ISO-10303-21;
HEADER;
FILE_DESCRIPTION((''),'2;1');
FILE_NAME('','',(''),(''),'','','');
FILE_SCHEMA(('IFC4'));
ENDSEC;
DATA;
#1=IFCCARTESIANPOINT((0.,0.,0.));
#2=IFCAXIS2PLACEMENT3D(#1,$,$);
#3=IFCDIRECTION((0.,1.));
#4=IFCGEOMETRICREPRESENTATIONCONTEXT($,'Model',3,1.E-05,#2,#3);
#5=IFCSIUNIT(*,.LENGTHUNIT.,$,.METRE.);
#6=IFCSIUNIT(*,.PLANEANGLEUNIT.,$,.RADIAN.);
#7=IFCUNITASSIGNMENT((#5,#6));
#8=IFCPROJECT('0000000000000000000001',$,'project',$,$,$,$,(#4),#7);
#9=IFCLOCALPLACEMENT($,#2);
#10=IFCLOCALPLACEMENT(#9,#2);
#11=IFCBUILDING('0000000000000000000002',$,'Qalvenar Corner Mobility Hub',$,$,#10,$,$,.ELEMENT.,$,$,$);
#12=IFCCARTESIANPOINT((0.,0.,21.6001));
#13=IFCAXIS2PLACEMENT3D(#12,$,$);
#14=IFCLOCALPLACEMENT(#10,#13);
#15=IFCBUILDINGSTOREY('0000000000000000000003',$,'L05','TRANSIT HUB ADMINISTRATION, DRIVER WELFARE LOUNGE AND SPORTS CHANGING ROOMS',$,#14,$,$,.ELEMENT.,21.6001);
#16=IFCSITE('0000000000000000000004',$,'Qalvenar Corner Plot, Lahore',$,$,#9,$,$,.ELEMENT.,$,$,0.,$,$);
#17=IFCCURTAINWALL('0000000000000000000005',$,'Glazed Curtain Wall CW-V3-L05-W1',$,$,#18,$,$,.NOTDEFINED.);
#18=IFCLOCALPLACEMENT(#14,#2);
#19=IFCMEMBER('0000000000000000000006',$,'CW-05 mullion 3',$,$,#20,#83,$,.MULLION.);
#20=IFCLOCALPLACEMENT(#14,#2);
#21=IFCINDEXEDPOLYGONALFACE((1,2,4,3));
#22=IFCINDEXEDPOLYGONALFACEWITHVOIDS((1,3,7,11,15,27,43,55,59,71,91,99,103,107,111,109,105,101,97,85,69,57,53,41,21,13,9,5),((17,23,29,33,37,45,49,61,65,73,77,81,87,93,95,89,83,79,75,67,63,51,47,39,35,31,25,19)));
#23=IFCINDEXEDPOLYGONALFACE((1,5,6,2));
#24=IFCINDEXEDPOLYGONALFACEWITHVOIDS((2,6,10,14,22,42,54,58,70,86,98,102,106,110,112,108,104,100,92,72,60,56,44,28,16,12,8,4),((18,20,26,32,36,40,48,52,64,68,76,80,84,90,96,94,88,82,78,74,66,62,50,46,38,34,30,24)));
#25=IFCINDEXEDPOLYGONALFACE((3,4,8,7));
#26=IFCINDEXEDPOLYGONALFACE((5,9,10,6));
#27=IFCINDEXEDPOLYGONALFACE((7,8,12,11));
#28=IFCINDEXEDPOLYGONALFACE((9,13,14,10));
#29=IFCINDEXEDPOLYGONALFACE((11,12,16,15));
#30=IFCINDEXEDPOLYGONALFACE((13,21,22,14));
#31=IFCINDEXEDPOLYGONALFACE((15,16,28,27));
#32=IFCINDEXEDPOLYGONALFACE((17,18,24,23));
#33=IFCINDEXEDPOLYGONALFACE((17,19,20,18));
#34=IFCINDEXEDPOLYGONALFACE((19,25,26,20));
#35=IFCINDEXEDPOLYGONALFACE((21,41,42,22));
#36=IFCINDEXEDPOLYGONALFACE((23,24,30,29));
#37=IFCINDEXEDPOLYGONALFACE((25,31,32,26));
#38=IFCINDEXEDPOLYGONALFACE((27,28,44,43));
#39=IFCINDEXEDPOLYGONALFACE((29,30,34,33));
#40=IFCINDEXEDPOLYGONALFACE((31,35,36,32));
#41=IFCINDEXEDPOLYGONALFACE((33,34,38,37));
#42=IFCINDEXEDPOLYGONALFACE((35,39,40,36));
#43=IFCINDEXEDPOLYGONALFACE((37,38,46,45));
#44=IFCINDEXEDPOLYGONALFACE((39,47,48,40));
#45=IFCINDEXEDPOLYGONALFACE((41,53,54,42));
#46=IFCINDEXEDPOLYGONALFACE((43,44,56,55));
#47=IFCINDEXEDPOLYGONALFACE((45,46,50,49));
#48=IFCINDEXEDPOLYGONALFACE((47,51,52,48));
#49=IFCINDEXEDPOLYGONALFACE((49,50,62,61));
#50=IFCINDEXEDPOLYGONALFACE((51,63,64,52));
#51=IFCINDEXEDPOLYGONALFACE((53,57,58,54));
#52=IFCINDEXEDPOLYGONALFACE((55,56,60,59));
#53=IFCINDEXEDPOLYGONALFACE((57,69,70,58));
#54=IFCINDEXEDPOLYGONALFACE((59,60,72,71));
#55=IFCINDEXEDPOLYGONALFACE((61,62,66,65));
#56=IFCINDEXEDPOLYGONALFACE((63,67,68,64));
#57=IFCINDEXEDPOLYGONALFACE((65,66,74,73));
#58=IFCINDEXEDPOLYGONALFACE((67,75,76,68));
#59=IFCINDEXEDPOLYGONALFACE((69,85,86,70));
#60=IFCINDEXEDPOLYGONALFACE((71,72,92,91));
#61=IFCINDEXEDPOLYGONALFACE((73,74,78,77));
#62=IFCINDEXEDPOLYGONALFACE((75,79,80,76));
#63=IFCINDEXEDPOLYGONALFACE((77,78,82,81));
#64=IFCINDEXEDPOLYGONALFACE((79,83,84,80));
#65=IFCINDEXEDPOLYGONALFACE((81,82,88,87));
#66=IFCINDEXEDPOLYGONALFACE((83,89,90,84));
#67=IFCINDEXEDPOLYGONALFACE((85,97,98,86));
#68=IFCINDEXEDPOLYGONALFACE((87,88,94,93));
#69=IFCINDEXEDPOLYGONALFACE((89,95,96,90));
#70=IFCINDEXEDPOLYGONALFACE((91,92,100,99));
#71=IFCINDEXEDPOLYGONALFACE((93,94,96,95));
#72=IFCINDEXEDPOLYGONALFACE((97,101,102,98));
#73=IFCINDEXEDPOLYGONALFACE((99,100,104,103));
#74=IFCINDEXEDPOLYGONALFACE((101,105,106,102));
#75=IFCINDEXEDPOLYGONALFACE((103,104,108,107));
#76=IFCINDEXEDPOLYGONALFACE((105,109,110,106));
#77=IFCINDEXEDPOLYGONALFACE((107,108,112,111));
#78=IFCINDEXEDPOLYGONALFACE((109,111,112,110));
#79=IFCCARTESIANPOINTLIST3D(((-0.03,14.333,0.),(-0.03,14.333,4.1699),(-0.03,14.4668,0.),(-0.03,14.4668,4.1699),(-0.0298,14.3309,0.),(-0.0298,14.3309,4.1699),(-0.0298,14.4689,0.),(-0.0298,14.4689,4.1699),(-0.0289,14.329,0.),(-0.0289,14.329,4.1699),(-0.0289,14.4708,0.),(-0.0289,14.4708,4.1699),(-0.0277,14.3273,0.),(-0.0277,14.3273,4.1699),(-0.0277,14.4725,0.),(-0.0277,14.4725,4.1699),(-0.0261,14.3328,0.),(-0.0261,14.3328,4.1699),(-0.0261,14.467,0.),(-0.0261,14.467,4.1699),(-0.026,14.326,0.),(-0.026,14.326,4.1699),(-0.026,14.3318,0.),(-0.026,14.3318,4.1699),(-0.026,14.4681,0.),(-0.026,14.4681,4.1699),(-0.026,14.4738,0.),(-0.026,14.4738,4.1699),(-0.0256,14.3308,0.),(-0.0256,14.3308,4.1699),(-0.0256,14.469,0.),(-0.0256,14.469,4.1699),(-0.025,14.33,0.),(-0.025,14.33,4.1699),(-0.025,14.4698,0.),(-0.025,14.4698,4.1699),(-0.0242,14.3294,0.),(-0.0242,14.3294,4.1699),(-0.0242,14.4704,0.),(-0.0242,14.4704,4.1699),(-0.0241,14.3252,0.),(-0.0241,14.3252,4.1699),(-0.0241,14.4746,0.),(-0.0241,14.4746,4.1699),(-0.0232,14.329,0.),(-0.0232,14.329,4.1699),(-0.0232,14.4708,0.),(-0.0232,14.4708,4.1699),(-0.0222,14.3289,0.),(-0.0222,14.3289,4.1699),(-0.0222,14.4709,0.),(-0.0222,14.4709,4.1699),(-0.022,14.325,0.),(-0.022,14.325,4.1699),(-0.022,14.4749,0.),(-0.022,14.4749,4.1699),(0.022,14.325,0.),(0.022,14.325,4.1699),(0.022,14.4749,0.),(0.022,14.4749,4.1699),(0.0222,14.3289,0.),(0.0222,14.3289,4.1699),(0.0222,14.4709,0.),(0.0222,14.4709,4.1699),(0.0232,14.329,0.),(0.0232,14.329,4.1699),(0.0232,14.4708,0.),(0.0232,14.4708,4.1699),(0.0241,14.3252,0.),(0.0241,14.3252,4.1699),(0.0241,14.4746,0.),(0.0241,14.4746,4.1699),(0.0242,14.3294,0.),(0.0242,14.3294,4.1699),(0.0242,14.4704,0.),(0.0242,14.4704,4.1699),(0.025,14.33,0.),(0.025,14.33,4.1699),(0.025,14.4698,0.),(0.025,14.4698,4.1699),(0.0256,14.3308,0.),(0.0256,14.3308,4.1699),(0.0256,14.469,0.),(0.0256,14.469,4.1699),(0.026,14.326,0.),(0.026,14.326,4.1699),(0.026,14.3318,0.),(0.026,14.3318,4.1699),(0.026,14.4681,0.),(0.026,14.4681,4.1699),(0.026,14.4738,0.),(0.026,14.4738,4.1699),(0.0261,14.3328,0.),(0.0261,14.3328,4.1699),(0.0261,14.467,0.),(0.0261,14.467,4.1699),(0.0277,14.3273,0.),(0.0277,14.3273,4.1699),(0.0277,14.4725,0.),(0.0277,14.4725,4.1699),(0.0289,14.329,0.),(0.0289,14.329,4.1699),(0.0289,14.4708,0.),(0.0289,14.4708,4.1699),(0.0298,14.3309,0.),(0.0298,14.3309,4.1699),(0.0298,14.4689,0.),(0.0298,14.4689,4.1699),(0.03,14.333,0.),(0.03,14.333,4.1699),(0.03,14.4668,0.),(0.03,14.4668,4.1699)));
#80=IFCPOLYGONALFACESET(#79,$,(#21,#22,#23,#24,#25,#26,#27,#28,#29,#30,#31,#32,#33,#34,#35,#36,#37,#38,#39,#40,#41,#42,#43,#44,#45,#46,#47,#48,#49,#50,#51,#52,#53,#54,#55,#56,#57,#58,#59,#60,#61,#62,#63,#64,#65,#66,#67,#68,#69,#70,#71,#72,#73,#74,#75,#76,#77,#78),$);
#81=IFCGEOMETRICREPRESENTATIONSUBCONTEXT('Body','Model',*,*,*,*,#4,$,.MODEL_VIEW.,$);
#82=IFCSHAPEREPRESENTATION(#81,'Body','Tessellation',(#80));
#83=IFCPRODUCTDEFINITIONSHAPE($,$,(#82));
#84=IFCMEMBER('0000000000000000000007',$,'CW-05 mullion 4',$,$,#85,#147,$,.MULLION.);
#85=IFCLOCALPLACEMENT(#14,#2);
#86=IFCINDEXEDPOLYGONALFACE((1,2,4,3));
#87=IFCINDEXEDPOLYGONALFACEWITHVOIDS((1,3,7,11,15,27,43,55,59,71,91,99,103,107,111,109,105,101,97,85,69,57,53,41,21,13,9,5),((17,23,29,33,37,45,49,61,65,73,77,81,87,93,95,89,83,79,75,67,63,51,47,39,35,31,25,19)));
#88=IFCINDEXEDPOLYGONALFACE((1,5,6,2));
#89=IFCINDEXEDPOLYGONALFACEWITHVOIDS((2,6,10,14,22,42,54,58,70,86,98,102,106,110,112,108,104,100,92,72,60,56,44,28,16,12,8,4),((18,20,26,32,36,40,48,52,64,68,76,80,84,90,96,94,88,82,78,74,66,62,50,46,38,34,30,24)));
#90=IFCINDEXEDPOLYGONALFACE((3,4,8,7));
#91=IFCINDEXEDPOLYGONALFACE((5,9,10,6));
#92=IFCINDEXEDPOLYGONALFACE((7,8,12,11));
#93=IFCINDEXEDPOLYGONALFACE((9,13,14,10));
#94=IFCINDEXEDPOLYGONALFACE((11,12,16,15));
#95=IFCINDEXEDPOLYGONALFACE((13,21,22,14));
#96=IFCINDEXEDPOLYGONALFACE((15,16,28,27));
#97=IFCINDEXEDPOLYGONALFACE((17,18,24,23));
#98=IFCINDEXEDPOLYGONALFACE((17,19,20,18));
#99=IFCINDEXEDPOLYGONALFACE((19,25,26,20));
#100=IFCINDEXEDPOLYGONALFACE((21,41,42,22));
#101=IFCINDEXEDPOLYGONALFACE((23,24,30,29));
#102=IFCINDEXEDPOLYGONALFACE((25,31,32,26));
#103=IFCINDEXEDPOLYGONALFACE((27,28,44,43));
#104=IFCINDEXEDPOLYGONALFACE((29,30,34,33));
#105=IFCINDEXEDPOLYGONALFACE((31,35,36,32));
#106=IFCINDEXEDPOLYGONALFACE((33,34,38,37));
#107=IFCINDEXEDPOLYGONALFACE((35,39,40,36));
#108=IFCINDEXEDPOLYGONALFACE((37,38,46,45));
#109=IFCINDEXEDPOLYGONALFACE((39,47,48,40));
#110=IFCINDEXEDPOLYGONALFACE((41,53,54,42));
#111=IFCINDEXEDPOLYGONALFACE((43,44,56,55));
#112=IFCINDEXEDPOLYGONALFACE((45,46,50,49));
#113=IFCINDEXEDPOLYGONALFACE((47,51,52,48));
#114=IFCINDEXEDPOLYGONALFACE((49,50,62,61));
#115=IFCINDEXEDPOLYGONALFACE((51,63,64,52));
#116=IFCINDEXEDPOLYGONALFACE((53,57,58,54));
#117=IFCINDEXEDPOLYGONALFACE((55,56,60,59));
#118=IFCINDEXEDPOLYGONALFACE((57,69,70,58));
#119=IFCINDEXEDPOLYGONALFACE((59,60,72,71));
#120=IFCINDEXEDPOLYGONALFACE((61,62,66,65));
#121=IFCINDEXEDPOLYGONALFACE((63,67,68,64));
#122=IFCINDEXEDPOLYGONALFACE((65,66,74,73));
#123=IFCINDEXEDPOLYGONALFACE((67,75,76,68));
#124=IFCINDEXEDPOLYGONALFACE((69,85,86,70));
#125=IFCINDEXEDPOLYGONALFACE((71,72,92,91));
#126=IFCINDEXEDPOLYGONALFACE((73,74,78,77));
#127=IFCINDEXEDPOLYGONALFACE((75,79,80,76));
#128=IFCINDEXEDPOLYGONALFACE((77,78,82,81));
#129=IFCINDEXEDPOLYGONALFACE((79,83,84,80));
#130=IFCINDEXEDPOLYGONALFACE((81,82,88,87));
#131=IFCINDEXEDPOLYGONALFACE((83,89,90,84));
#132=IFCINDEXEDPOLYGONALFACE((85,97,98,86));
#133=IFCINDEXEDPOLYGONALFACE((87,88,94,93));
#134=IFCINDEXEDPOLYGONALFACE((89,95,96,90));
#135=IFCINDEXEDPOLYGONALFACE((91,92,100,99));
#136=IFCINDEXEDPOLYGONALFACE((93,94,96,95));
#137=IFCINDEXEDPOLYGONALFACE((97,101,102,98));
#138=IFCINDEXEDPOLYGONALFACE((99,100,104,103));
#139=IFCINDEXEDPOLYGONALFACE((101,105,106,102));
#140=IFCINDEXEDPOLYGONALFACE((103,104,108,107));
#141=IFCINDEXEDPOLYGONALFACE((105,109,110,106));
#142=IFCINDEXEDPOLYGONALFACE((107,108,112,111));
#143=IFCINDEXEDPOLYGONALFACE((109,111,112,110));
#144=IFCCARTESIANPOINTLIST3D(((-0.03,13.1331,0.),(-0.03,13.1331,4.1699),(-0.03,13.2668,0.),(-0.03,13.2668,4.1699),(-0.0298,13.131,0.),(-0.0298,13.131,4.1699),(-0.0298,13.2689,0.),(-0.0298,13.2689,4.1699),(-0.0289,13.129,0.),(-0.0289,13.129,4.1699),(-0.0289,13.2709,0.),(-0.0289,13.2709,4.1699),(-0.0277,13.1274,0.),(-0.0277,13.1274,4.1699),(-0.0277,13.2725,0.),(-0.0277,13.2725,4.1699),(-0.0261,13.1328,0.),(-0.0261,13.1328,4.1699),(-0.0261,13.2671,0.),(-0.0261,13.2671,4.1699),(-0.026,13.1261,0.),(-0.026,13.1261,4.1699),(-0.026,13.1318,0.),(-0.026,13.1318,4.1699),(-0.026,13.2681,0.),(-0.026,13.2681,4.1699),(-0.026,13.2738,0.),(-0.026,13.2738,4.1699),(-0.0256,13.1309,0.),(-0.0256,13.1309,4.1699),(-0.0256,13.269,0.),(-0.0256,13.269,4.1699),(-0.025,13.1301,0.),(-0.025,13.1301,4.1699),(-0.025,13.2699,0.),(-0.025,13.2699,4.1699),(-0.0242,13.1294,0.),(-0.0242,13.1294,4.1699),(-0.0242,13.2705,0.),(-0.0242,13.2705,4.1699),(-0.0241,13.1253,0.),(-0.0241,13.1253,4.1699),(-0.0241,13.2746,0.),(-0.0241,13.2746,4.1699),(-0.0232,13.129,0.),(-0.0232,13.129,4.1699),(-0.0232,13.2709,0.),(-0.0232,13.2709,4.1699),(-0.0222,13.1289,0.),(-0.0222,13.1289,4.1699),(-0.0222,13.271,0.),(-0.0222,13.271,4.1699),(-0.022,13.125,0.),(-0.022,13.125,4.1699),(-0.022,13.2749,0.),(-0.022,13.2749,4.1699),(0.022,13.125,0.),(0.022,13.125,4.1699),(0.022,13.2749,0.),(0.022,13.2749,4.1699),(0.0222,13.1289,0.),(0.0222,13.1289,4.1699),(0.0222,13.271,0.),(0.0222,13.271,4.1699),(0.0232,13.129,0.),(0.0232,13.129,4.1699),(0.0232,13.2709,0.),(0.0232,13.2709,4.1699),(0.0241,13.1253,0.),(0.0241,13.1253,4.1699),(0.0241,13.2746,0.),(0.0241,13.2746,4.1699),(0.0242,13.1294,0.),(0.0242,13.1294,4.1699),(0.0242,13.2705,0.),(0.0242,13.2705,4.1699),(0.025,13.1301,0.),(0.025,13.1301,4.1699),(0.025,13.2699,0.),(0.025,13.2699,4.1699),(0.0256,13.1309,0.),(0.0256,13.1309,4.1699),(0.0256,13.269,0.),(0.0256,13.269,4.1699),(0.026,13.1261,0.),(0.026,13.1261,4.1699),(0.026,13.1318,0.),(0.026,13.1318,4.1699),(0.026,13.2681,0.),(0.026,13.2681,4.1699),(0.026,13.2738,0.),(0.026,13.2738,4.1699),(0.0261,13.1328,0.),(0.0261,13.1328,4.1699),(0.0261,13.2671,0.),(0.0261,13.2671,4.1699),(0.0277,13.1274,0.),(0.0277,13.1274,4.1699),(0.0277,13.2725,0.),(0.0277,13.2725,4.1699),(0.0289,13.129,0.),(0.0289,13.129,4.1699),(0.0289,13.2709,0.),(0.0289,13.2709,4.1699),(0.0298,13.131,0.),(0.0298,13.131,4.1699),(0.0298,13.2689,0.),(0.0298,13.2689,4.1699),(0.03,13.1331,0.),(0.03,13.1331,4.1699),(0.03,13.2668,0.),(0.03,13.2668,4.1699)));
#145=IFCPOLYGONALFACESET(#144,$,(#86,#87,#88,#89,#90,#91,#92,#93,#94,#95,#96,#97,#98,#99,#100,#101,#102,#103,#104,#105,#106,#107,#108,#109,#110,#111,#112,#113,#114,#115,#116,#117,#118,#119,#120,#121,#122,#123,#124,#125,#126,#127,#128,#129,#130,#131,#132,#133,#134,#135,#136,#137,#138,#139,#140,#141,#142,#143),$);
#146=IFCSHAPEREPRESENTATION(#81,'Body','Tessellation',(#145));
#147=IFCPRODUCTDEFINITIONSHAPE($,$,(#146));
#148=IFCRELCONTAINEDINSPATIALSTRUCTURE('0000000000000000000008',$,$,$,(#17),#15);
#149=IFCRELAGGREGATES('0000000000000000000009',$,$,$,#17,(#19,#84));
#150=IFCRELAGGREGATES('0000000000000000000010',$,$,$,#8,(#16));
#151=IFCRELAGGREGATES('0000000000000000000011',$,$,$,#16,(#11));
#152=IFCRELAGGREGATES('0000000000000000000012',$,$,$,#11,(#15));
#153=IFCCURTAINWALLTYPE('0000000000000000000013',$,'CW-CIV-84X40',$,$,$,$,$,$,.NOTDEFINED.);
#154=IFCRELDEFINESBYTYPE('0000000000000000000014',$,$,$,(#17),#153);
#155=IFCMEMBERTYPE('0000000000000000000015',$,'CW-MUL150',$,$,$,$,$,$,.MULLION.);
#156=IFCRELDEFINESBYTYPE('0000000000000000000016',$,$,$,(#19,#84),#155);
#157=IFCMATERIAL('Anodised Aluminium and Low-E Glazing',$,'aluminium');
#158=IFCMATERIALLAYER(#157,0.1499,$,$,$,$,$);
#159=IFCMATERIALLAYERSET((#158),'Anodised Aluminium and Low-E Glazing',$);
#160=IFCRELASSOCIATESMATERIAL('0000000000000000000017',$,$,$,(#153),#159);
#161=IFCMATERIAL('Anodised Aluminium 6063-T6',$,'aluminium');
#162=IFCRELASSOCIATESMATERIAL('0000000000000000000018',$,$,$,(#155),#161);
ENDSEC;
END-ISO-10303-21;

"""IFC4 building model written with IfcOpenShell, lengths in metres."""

from ifc_helpers import new_model, si_unit, direction, frame, origin, origin_2d, place, context, subcontext, project, spatial, hollow_rectangle, extrude, material, layer, layer_set, material_profile, profile_set, type_object, element, aggregate, save


model = new_model("IFC4")

# Units and contexts
model_context = context("Model", 3, precision=1e-05, world=origin(), true_north=direction((0.0, 1.0)))
body_context = subcontext(model_context, "Body", "Model", "MODEL_VIEW")
ifc_project = project(units=[si_unit("LENGTHUNIT", "METRE"), si_unit("PLANEANGLEUNIT", "RADIAN")], contexts=[model_context])

# Site, building, storey
site_placement = place(None, origin())
site = spatial("IfcSite", under=ifc_project, at=site_placement, Name="Qalvenar Corner Plot, Lahore", CompositionType="ELEMENT", RefElevation=0.0)
building_placement = place(site_placement, origin())
building = spatial("IfcBuilding", under=site, at=building_placement, Name="Qalvenar Corner Mobility Hub", CompositionType="ELEMENT")
storey_placement = place(building_placement, frame((0.0, 0.0, 21.6001)))
storey = spatial("IfcBuildingStorey", under=building, at=storey_placement, Name="L05", Description="TRANSIT HUB ADMINISTRATION, DRIVER WELFARE LOUNGE AND SPORTS CHANGING ROOMS", CompositionType="ELEMENT", Elevation=21.6001)

# Curtain wall, members
ifc_material_1 = material(Name="Anodised Aluminium and Low-E Glazing", Category="aluminium")
ifc_layer_1 = layer(ifc_material_1, 0.1499)
ifc_layer_set_1 = layer_set([ifc_layer_1], Name="Anodised Aluminium and Low-E Glazing")
curtain_wall_type = type_object("IfcCurtainWallType", Name="CW-CIV-84X40", PredefinedType="NOTDEFINED", material=ifc_layer_set_1)
curtain_wall_1_placement = place(storey_placement, origin())
curtain_wall_1 = element("IfcCurtainWall", 1, at=curtain_wall_1_placement, inside=storey, type_object=curtain_wall_type, Name="Glazed Curtain Wall CW-V3-L05-W1", PredefinedType="NOTDEFINED")
ifc_material_2 = material(Name="Anodised Aluminium 6063-T6", Category="aluminium")
ifc_material_profile_1 = material_profile(ifc_material_2, hollow_rectangle(XDim=0.0601, YDim=0.1499, WallThickness=0.0039, InnerFilletRadius=0.0039, OuterFilletRadius=0.0081, at=origin_2d()), Name="RHS150x60x4")
ifc_profile_set_1 = profile_set([ifc_material_profile_1], Name="Anodised Aluminium 6063-T6")
member_type_1 = type_object("IfcMemberType", Name="CW-MUL150", PredefinedType="MULLION", material=ifc_profile_set_1)
member_1_placement = place(storey_placement, frame((0.0, 14.3999, 0.0), z_axis=(0.0, 0.0, 1.0), x_axis=(1.0, 0.0, 0.0)))
member_1 = element("IfcMember", 2, at=member_1_placement, type_object=member_type_1, Name="CW-05 mullion 3", PredefinedType="MULLION", context=body_context, shape_type="SweptSolid", body=[
    extrude(hollow_rectangle(XDim=0.0601, YDim=0.1499, WallThickness=0.0039, InnerFilletRadius=0.0039, OuterFilletRadius=0.0081, at=origin_2d()), origin(), (0.0, 0.0, 1.0), 4.1699),
])
member_2_placement = place(storey_placement, frame((0.0, 13.2, 0.0), z_axis=(0.0, 0.0, 1.0), x_axis=(1.0, 0.0, 0.0)))
member_2 = element("IfcMember", 3, at=member_2_placement, type_object=member_type_1, Name="CW-05 mullion 4", PredefinedType="MULLION", context=body_context, shape_type="SweptSolid", body=[
    extrude(hollow_rectangle(XDim=0.0601, YDim=0.1499, WallThickness=0.0039, InnerFilletRadius=0.0039, OuterFilletRadius=0.0081, at=origin_2d()), origin(), (0.0, 0.0, 1.0), 4.1699),
])

aggregate(curtain_wall_1, [member_1, member_2])

save(model, "model.ifc")
